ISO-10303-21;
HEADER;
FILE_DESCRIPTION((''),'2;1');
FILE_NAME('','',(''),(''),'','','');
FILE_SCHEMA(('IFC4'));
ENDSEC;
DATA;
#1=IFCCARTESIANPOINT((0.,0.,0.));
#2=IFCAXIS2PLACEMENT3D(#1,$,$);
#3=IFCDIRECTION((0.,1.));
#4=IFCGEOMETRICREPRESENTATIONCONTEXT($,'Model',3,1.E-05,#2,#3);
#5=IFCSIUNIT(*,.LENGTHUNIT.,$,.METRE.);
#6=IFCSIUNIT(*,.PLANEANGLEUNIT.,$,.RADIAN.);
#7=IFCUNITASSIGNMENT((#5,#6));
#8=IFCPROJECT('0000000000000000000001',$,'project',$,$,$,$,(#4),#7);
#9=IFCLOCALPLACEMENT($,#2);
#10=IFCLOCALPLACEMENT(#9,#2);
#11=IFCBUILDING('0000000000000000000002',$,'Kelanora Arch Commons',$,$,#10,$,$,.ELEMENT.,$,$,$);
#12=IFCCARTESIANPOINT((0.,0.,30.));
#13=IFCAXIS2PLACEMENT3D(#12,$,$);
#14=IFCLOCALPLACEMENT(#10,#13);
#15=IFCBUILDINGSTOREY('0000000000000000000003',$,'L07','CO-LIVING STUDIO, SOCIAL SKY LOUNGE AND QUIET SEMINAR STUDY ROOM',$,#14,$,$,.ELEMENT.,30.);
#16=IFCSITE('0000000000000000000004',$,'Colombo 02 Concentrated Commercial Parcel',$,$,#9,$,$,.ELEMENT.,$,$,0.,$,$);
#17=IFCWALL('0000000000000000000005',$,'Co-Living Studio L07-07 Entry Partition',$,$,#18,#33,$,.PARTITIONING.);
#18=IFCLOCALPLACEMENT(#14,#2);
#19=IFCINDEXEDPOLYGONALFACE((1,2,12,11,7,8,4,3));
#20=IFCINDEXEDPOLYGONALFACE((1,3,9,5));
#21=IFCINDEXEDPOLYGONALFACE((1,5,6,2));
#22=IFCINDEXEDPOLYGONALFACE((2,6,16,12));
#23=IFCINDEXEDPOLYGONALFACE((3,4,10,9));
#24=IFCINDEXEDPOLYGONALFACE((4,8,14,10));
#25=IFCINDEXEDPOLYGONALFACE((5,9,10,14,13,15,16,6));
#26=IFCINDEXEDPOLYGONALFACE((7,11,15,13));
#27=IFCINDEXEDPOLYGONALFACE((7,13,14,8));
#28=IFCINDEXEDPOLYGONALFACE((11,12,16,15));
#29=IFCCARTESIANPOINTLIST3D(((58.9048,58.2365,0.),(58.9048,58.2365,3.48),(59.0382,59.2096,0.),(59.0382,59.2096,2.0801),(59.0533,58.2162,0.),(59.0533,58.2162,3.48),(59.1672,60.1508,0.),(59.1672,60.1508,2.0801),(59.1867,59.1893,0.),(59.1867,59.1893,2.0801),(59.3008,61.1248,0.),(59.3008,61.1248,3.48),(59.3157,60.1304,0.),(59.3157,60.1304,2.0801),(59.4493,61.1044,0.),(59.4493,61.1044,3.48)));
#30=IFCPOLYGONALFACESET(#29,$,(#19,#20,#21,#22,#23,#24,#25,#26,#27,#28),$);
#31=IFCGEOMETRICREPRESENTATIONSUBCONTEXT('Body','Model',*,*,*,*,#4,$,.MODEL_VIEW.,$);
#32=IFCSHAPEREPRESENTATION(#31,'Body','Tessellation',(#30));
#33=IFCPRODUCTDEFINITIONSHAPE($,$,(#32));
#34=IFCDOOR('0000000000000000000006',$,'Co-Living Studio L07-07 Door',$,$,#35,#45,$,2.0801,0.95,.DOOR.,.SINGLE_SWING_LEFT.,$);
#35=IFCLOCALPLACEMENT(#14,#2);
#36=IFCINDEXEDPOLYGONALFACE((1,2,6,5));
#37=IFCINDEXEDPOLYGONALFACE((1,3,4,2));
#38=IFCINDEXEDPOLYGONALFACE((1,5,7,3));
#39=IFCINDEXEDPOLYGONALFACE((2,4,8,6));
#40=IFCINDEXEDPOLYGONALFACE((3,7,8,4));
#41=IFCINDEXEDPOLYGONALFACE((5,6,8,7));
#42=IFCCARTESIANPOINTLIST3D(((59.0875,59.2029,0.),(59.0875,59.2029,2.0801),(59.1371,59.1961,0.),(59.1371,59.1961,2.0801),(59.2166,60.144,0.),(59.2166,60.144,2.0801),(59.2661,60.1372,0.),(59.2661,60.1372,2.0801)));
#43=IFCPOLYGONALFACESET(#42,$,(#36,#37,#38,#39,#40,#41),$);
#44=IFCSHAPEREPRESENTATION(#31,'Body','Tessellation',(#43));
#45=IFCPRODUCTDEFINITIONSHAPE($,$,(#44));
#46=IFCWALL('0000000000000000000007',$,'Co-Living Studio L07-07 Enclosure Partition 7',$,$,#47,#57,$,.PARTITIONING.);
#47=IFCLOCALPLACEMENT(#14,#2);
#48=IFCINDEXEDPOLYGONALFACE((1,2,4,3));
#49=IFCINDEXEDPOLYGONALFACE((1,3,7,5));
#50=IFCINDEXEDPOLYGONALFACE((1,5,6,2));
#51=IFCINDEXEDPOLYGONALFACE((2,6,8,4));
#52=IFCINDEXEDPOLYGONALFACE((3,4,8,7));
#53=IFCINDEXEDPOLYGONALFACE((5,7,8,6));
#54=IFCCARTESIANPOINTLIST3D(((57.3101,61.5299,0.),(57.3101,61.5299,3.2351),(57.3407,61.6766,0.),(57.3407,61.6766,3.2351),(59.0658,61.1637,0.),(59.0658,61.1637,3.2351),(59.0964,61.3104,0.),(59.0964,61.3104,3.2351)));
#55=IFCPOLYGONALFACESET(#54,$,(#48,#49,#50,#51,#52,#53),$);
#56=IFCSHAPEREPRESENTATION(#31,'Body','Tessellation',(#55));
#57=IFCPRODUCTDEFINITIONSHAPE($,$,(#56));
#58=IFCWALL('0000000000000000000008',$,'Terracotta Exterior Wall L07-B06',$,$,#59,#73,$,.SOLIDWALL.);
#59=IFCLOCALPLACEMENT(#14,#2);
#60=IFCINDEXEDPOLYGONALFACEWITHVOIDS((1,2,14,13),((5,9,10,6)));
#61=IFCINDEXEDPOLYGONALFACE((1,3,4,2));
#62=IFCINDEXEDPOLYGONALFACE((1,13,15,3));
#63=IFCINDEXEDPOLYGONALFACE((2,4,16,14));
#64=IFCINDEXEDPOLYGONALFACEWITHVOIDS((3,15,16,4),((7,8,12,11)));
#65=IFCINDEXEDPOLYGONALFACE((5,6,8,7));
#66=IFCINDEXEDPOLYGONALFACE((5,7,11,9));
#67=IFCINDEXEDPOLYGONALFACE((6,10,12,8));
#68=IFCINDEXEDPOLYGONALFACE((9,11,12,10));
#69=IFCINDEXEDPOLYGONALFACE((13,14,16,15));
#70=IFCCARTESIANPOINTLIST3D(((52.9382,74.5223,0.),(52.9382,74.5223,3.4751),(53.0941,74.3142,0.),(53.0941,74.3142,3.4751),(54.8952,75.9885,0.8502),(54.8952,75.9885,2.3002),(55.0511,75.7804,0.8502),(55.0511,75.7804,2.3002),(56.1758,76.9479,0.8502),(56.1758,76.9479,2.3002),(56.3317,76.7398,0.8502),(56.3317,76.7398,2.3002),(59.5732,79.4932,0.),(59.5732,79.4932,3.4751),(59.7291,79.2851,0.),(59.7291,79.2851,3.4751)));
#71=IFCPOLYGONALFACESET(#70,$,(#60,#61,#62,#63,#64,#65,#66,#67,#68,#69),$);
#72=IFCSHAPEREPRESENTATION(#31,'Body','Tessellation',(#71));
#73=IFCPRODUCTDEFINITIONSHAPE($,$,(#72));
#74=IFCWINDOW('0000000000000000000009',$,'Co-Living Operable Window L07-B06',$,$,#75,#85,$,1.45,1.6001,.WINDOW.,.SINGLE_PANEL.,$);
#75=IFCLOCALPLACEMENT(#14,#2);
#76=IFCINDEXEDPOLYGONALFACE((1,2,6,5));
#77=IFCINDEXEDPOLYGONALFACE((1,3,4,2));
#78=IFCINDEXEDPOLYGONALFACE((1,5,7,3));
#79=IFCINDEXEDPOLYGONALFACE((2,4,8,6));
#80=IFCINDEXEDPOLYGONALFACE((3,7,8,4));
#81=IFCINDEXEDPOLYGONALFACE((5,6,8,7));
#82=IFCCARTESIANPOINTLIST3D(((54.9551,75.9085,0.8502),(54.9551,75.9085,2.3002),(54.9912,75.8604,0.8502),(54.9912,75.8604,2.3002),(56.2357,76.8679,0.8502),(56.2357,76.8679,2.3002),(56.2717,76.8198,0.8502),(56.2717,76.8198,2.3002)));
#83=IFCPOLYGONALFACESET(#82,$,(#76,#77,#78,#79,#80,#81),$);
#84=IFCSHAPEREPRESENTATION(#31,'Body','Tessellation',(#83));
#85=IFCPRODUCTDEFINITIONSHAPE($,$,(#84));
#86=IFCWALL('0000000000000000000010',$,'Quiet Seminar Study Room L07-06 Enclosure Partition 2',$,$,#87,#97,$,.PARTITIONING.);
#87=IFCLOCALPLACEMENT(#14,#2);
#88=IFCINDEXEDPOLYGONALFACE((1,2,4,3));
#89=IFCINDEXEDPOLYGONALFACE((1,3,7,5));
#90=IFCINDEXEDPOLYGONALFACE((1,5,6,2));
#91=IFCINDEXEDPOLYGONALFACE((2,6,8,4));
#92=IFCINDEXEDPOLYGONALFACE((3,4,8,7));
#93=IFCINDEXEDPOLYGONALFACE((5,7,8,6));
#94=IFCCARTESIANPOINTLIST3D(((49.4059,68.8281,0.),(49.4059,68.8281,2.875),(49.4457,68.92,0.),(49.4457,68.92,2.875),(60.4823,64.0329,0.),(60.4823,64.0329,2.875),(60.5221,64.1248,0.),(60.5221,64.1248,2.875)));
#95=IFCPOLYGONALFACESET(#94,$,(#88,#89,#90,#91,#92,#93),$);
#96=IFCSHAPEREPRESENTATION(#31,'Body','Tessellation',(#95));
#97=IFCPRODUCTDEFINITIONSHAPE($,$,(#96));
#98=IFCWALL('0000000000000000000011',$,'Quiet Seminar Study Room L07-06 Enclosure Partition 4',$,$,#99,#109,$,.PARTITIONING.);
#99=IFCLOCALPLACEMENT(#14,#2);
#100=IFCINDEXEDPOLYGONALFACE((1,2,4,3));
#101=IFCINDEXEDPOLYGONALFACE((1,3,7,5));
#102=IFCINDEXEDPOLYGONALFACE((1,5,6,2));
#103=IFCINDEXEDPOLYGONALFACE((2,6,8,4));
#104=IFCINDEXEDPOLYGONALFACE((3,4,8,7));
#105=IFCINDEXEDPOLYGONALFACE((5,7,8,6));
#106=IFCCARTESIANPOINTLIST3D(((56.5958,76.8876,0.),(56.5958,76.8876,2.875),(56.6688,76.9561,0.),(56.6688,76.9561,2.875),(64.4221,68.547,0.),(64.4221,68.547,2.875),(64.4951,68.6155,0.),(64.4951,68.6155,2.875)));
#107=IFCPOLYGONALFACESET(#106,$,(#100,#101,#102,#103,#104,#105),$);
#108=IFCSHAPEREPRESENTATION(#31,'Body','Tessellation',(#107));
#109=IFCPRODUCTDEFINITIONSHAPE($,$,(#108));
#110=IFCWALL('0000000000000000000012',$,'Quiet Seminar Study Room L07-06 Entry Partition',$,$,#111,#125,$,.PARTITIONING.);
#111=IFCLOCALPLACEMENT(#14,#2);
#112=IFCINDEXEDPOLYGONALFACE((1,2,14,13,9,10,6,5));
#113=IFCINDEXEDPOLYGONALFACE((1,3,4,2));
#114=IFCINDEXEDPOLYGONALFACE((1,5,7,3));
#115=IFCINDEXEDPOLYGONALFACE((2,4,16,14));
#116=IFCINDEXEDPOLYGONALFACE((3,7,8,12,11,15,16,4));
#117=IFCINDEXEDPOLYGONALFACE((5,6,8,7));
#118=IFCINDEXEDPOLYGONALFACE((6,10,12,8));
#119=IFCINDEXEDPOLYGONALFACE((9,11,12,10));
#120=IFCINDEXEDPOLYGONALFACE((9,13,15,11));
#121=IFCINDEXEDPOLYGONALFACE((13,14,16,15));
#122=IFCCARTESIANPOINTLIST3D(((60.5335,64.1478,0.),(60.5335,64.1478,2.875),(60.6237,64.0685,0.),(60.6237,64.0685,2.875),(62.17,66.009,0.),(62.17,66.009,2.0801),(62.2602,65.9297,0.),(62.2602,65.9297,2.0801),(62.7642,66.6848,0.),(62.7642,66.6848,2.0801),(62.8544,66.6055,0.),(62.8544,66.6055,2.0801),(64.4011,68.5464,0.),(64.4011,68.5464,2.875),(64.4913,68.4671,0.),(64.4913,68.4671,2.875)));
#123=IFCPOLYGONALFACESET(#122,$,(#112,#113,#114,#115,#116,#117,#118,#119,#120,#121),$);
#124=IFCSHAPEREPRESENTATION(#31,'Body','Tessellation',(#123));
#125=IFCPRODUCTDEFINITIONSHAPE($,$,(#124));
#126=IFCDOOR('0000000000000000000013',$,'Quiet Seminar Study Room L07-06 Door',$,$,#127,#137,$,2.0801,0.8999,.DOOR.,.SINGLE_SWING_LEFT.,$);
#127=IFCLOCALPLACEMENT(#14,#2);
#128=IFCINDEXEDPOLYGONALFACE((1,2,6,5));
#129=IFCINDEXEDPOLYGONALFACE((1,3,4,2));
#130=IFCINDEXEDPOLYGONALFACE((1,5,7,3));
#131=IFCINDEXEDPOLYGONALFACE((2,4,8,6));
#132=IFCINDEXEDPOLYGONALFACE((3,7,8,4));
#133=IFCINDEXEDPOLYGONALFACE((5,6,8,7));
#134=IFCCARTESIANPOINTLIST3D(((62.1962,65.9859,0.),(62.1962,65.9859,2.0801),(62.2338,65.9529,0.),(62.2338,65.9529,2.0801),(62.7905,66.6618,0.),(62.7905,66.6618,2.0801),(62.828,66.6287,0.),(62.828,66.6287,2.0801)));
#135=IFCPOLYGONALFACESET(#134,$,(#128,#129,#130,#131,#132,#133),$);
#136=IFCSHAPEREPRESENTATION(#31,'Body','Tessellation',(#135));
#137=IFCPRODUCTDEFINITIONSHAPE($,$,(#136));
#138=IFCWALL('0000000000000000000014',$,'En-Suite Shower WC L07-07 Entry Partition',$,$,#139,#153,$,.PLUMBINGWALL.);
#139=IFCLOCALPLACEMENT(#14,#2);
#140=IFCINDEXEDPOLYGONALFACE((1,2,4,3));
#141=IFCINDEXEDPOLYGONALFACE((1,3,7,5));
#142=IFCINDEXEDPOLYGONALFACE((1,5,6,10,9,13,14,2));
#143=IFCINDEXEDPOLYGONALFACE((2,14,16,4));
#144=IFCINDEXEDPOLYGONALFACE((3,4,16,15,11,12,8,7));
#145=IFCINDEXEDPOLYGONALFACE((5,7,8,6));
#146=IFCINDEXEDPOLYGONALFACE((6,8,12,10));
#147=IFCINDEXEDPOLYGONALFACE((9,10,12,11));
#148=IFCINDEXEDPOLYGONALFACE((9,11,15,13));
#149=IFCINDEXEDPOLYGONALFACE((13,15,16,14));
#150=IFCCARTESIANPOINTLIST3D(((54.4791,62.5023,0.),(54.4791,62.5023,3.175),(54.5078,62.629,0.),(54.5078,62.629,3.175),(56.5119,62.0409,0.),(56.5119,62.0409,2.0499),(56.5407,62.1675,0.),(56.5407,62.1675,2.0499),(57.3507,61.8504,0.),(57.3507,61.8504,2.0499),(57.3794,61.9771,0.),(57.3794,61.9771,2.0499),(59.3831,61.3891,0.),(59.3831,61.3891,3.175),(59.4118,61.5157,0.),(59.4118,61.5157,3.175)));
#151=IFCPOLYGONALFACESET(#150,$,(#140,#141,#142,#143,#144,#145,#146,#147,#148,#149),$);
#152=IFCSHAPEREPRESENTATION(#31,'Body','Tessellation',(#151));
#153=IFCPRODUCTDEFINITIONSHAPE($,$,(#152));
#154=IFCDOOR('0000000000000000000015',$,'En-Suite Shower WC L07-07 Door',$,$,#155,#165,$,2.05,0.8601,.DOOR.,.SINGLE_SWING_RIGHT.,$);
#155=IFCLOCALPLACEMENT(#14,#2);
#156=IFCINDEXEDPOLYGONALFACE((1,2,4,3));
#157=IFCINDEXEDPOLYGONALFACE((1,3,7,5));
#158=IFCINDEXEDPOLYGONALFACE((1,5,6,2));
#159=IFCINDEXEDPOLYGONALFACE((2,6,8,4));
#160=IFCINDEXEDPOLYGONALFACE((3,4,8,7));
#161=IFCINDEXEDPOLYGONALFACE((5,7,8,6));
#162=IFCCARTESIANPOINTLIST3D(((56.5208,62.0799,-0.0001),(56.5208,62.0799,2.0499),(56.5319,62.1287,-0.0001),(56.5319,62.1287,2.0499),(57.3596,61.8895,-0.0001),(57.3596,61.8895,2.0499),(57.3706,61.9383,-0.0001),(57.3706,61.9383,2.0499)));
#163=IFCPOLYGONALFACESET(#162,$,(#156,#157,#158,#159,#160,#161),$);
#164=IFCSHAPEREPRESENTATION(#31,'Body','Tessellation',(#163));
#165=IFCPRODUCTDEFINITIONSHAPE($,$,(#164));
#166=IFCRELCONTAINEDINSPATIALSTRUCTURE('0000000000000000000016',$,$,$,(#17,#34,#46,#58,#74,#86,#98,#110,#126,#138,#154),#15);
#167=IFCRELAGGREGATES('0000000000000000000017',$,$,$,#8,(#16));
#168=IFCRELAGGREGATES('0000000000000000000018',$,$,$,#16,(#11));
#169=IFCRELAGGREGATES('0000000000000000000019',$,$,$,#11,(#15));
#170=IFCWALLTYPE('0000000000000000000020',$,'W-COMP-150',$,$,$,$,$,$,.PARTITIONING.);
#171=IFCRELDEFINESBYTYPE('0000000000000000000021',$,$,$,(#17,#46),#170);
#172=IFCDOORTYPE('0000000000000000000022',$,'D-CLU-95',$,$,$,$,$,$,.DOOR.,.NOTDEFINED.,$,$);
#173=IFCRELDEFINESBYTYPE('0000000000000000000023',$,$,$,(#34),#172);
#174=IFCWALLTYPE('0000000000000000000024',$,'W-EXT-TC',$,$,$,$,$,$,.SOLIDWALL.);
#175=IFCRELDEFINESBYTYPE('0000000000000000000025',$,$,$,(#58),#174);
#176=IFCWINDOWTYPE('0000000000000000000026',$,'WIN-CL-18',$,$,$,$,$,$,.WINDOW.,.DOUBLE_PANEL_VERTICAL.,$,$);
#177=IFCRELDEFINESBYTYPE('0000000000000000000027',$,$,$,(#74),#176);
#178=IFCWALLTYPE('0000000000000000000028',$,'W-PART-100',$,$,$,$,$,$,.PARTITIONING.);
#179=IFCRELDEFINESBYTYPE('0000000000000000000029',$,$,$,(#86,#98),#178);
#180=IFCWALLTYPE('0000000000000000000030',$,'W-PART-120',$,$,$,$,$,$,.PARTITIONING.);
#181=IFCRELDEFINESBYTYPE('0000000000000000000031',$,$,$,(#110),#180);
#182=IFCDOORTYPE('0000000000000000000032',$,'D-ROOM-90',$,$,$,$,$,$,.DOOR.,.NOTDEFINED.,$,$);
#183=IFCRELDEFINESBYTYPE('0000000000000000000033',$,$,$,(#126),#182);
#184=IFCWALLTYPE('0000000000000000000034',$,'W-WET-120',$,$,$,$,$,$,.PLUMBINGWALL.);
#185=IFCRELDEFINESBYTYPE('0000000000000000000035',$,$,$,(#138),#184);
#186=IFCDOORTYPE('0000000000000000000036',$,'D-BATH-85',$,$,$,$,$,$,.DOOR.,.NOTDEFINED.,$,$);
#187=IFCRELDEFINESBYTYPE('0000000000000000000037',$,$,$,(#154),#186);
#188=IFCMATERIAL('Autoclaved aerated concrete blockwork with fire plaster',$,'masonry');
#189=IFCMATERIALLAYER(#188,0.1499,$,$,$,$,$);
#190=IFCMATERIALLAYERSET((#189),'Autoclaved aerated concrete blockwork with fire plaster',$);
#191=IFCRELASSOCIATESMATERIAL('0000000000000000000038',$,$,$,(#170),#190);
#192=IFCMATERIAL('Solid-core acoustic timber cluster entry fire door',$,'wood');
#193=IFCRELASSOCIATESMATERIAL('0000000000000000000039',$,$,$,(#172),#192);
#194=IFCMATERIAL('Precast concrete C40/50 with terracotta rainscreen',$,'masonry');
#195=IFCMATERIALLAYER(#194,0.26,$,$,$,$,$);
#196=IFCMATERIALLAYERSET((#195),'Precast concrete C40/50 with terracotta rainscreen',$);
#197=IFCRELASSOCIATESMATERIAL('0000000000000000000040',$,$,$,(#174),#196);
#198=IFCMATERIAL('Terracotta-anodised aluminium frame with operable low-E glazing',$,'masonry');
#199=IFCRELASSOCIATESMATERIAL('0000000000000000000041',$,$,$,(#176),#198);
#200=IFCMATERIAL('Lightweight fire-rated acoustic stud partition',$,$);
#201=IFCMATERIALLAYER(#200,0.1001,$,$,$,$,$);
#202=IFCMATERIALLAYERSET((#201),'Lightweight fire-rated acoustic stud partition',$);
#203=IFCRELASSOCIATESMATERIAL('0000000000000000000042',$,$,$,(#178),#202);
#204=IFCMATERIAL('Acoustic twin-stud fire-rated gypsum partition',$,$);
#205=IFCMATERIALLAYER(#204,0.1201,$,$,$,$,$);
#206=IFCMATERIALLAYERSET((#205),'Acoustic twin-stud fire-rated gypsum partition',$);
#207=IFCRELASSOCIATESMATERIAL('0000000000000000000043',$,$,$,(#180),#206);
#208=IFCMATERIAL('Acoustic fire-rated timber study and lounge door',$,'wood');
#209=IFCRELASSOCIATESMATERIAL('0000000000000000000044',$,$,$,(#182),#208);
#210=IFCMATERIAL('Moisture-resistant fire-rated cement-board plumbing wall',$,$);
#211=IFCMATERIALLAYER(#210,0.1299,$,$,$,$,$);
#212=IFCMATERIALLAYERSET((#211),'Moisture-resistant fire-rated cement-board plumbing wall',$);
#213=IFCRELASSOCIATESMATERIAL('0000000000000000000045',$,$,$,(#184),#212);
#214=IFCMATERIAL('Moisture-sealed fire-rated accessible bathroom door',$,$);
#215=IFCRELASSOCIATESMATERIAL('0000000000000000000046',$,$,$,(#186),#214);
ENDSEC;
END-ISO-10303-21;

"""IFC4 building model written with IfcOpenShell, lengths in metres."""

from ifc_helpers import new_model, si_unit, direction, frame, frame_2d, origin, place, context, subcontext, project, spatial, rectangle, extrude, material, layer, layer_set, type_object, element, fill, save


model = new_model("IFC4")

# Units and contexts
model_context = context("Model", 3, precision=1e-05, world=origin(), true_north=direction((0.0, 1.0)))
body_context = subcontext(model_context, "Body", "Model", "MODEL_VIEW")
ifc_project = project(units=[si_unit("LENGTHUNIT", "METRE"), si_unit("PLANEANGLEUNIT", "RADIAN")], contexts=[model_context])

# Site, building, storey
site_placement = place(None, origin())
site = spatial("IfcSite", under=ifc_project, at=site_placement, Name="Colombo 02 Concentrated Commercial Parcel", CompositionType="ELEMENT", RefElevation=0.0)
building_placement = place(site_placement, origin())
building = spatial("IfcBuilding", under=site, at=building_placement, Name="Kelanora Arch Commons", CompositionType="ELEMENT")
storey_placement = place(building_placement, frame((0.0, 0.0, 30.0)))
storey = spatial("IfcBuildingStorey", under=building, at=storey_placement, Name="L07", Description="CO-LIVING STUDIO, SOCIAL SKY LOUNGE AND QUIET SEMINAR STUDY ROOM", CompositionType="ELEMENT", Elevation=30.0)

# Wall, opening, door
ifc_material_1 = material(Name="Autoclaved aerated concrete blockwork with fire plaster", Category="masonry")
ifc_layer_1 = layer(ifc_material_1, 0.1499)
ifc_layer_set_1 = layer_set([ifc_layer_1], Name="Autoclaved aerated concrete blockwork with fire plaster")
wall_type_1 = type_object("IfcWallType", Name="W-COMP-150", PredefinedType="PARTITIONING", material=ifc_layer_set_1)
wall_1_placement = place(storey_placement, frame((59.375, 61.1145, 0.0), z_axis=(0.0, 0.0, 1.0), x_axis=(-0.135838, -0.990731, 0.0)))
wall_1 = element("IfcWall", 1, at=wall_1_placement, inside=storey, type_object=wall_type_1, Name="Co-Living Studio L07-07 Entry Partition", PredefinedType="PARTITIONING", context=body_context, shape_type="SweptSolid", body=[
    extrude(rectangle(XDim=2.9153, YDim=0.1499, at=frame_2d((1.4575, 0.0))), origin(), (0.0, 0.0, 1.0), 3.48),
])
opening_1_placement = place(wall_1_placement, frame((0.9829, 0.0, 0.0)))
opening_1 = element("IfcOpeningElement", 2, at=opening_1_placement, cuts=wall_1, PredefinedType="OPENING", context=body_context, shape_type="SweptSolid", body=[
    extrude(rectangle(XDim=0.95, YDim=2.0801, at=frame_2d((0.4751, 1.04))), frame((0.0, 0.085, 0.0), z_axis=(0.0, -1.0, 0.0), x_axis=(1.0, 0.0, 0.0)), (0.0, 0.0, 1.0), 0.1699),
])
ifc_material_2 = material(Name="Solid-core acoustic timber cluster entry fire door", Category="wood")
door_type_1 = type_object("IfcDoorType", Name="D-CLU-95", OperationType="NOTDEFINED", PredefinedType="DOOR", material=ifc_material_2)
door_1_placement = place(opening_1_placement, origin())
door_1 = element("IfcDoor", 3, at=door_1_placement, inside=storey, type_object=door_type_1, Name="Co-Living Studio L07-07 Door", OperationType="SINGLE_SWING_LEFT", OverallHeight=2.0801, OverallWidth=0.95, PredefinedType="DOOR", context=body_context, shape_type="SweptSolid", body=[
    extrude(rectangle(XDim=0.95, YDim=2.0801, at=frame_2d((0.4751, 1.04))), frame((0.0, 0.0249, 0.0), z_axis=(0.0, -1.0, 0.0), x_axis=(1.0, 0.0, 0.0)), (0.0, 0.0, 1.0), 0.05),
])
fill(opening_1, door_1)

# Wall
wall_2_placement = place(storey_placement, frame((57.3254, 61.6033, 0.0), z_axis=(0.0, 0.0, 1.0), x_axis=(0.978929, -0.204199, 0.0)))
element("IfcWall", 4, at=wall_2_placement, inside=storey, type_object=wall_type_1, Name="Co-Living Studio L07-07 Enclosure Partition 7", PredefinedType="PARTITIONING", context=body_context, shape_type="SweptSolid", body=[
    extrude(rectangle(XDim=1.7935, YDim=0.1499, at=frame_2d((0.8967, 0.0))), origin(), (0.0, 0.0, 1.0), 3.2351),
])

# Wall, opening, window
ifc_material_3 = material(Name="Precast concrete C40/50 with terracotta rainscreen", Category="masonry")
ifc_layer_2 = layer(ifc_material_3, 0.26)
ifc_layer_set_2 = layer_set([ifc_layer_2], Name="Precast concrete C40/50 with terracotta rainscreen")
wall_type_2 = type_object("IfcWallType", Name="W-EXT-TC", PredefinedType="SOLIDWALL", material=ifc_layer_set_2)
wall_3_placement = place(storey_placement, frame((59.6511, 79.3892, 0.0), z_axis=(0.0, 0.0, 1.0), x_axis=(-0.800307, -0.59959, 0.0)))
wall_3 = element("IfcWall", 5, at=wall_3_placement, inside=storey, type_object=wall_type_2, Name="Terracotta Exterior Wall L07-B06", PredefinedType="SOLIDWALL", context=body_context, shape_type="SweptSolid", body=[
    extrude(rectangle(XDim=8.2905, YDim=0.26, at=frame_2d((4.1453, 0.0))), origin(), (0.0, 0.0, 1.0), 3.4751),
])
opening_2_placement = place(wall_3_placement, frame((4.2451, 0.0, 0.8501)))
opening_2 = element("IfcOpeningElement", 6, at=opening_2_placement, cuts=wall_3, PredefinedType="OPENING", context=body_context, shape_type="SweptSolid", body=[
    extrude(rectangle(XDim=1.6001, YDim=1.45, at=frame_2d((0.8, 0.7251))), frame((0.0, 0.1401, 0.0), z_axis=(0.0, -1.0, 0.0), x_axis=(1.0, 0.0, 0.0)), (0.0, 0.0, 1.0), 0.28),
])
ifc_material_4 = material(Name="Terracotta-anodised aluminium frame with operable low-E glazing", Category="masonry")
window_type = type_object("IfcWindowType", Name="WIN-CL-18", PartitioningType="DOUBLE_PANEL_VERTICAL", PredefinedType="WINDOW", material=ifc_material_4)
window_placement = place(opening_2_placement, origin())
window = element("IfcWindow", 7, at=window_placement, inside=storey, type_object=window_type, Name="Co-Living Operable Window L07-B06", OverallHeight=1.45, OverallWidth=1.6001, PartitioningType="SINGLE_PANEL", PredefinedType="WINDOW", context=body_context, shape_type="SweptSolid", body=[
    extrude(rectangle(XDim=1.6001, YDim=1.45, at=frame_2d((0.8, 0.7251))), frame((0.0, 0.03, 0.0), z_axis=(0.0, -1.0, 0.0), x_axis=(1.0, 0.0, 0.0)), (0.0, 0.0, 1.0), 0.0601),
])
fill(opening_2, window)

# Walls
ifc_material_5 = material(Name="Lightweight fire-rated acoustic stud partition")
ifc_layer_3 = layer(ifc_material_5, 0.1001)
ifc_layer_set_3 = layer_set([ifc_layer_3], Name="Lightweight fire-rated acoustic stud partition")
wall_type_3 = type_object("IfcWallType", Name="W-PART-100", PredefinedType="PARTITIONING", material=ifc_layer_set_3)
wall_4_placement = place(storey_placement, frame((60.5022, 64.0789, 0.0), z_axis=(0.0, 0.0, 1.0), x_axis=(-0.917695, 0.397286, 0.0)))
element("IfcWall", 8, at=wall_4_placement, inside=storey, type_object=wall_type_3, Name="Quiet Seminar Study Room L07-06 Enclosure Partition 2", PredefinedType="PARTITIONING", context=body_context, shape_type="SweptSolid", body=[
    extrude(rectangle(XDim=12.0698, YDim=0.1001, at=frame_2d((6.0349, 0.0))), origin(), (0.0, 0.0, 1.0), 2.875),
])
wall_5_placement = place(storey_placement, frame((56.6323, 76.9219, 0.0), z_axis=(0.0, 0.0, 1.0), x_axis=(0.684261, -0.729237, 0.0)))
element("IfcWall", 9, at=wall_5_placement, inside=storey, type_object=wall_type_3, Name="Quiet Seminar Study Room L07-06 Enclosure Partition 4", PredefinedType="PARTITIONING", context=body_context, shape_type="SweptSolid", body=[
    extrude(rectangle(XDim=11.4375, YDim=0.1001, at=frame_2d((5.7188, 0.0))), origin(), (0.0, 0.0, 1.0), 2.875),
])

# Walls, openings, doors
ifc_material_6 = material(Name="Acoustic twin-stud fire-rated gypsum partition")
ifc_layer_4 = layer(ifc_material_6, 0.1201)
ifc_layer_set_4 = layer_set([ifc_layer_4], Name="Acoustic twin-stud fire-rated gypsum partition")
wall_type_4 = type_object("IfcWallType", Name="W-PART-120", PredefinedType="PARTITIONING", material=ifc_layer_set_4)
wall_6_placement = place(storey_placement, frame((64.4463, 68.5068, 0.0), z_axis=(0.0, 0.0, 1.0), x_axis=(-0.660323, -0.750981, 0.0)))
wall_6 = element("IfcWall", 10, at=wall_6_placement, inside=storey, type_object=wall_type_4, Name="Quiet Seminar Study Room L07-06 Entry Partition", PredefinedType="PARTITIONING", context=body_context, shape_type="SweptSolid", body=[
    extrude(rectangle(XDim=5.8572, YDim=0.1201, at=frame_2d((2.9287, 0.0))), origin(), (0.0, 0.0, 1.0), 2.875),
])
opening_3_placement = place(wall_6_placement, frame((2.479, 0.0, 0.0)))
opening_3 = element("IfcOpeningElement", 11, at=opening_3_placement, cuts=wall_6, PredefinedType="OPENING", context=body_context, shape_type="SweptSolid", body=[
    extrude(rectangle(XDim=0.8999, YDim=2.0801, at=frame_2d((0.45, 1.04))), frame((0.0, 0.0701, 0.0), z_axis=(0.0, -1.0, 0.0), x_axis=(1.0, 0.0, 0.0)), (0.0, 0.0, 1.0), 0.1401),
])
ifc_material_7 = material(Name="Acoustic fire-rated timber study and lounge door", Category="wood")
door_type_2 = type_object("IfcDoorType", Name="D-ROOM-90", OperationType="NOTDEFINED", PredefinedType="DOOR", material=ifc_material_7)
door_2_placement = place(opening_3_placement, origin())
door_2 = element("IfcDoor", 12, at=door_2_placement, inside=storey, type_object=door_type_2, Name="Quiet Seminar Study Room L07-06 Door", OperationType="SINGLE_SWING_LEFT", OverallHeight=2.0801, OverallWidth=0.8999, PredefinedType="DOOR", context=body_context, shape_type="SweptSolid", body=[
    extrude(rectangle(XDim=0.8999, YDim=2.0801, at=frame_2d((0.45, 1.04))), frame((0.0, 0.0249, 0.0), z_axis=(0.0, -1.0, 0.0), x_axis=(1.0, 0.0, 0.0)), (0.0, 0.0, 1.0), 0.05),
])
fill(opening_3, door_2)
ifc_material_8 = material(Name="Moisture-resistant fire-rated cement-board plumbing wall")
ifc_layer_5 = layer(ifc_material_8, 0.1299)
ifc_layer_set_5 = layer_set([ifc_layer_5], Name="Moisture-resistant fire-rated cement-board plumbing wall")
wall_type_5 = type_object("IfcWallType", Name="W-WET-120", PredefinedType="PLUMBINGWALL", material=ifc_layer_set_5)
wall_7_placement = place(storey_placement, frame((59.3975, 61.4524, 0.0), z_axis=(0.0, 0.0, 1.0), x_axis=(-0.975188, 0.22138, 0.0)))
wall_7 = element("IfcWall", 13, at=wall_7_placement, inside=storey, type_object=wall_type_5, Name="En-Suite Shower WC L07-07 Entry Partition", PredefinedType="PLUMBINGWALL", context=body_context, shape_type="SweptSolid", body=[
    extrude(rectangle(XDim=5.0288, YDim=0.1299, at=frame_2d((2.5144, 0.0))), origin(), (0.0, 0.0, 1.0), 3.175),
])
opening_4_placement = place(wall_7_placement, frame((2.084, 0.0, 0.0)))
opening_4 = element("IfcOpeningElement", 14, at=opening_4_placement, cuts=wall_7, PredefinedType="OPENING", context=body_context, shape_type="SweptSolid", body=[
    extrude(rectangle(XDim=0.8601, YDim=2.05, at=frame_2d((0.4302, 1.0249))), frame((0.0, 0.075, 0.0), z_axis=(0.0, -1.0, 0.0), x_axis=(1.0, 0.0, 0.0)), (0.0, 0.0, 1.0), 0.1499),
])
ifc_material_9 = material(Name="Moisture-sealed fire-rated accessible bathroom door")
door_type_3 = type_object("IfcDoorType", Name="D-BATH-85", OperationType="NOTDEFINED", PredefinedType="DOOR", material=ifc_material_9)
door_3_placement = place(opening_4_placement, origin())
door_3 = element("IfcDoor", 15, at=door_3_placement, inside=storey, type_object=door_type_3, Name="En-Suite Shower WC L07-07 Door", OperationType="SINGLE_SWING_RIGHT", OverallHeight=2.05, OverallWidth=0.8601, PredefinedType="DOOR", context=body_context, shape_type="SweptSolid", body=[
    extrude(rectangle(XDim=0.8601, YDim=2.05, at=frame_2d((0.4302, 1.0249))), frame((0.0, 0.0249, 0.0), z_axis=(0.0, -1.0, 0.0), x_axis=(1.0, 0.0, 0.0)), (0.0, 0.0, 1.0), 0.05),
])
fill(opening_4, door_3)

save(model, "model.ifc")
